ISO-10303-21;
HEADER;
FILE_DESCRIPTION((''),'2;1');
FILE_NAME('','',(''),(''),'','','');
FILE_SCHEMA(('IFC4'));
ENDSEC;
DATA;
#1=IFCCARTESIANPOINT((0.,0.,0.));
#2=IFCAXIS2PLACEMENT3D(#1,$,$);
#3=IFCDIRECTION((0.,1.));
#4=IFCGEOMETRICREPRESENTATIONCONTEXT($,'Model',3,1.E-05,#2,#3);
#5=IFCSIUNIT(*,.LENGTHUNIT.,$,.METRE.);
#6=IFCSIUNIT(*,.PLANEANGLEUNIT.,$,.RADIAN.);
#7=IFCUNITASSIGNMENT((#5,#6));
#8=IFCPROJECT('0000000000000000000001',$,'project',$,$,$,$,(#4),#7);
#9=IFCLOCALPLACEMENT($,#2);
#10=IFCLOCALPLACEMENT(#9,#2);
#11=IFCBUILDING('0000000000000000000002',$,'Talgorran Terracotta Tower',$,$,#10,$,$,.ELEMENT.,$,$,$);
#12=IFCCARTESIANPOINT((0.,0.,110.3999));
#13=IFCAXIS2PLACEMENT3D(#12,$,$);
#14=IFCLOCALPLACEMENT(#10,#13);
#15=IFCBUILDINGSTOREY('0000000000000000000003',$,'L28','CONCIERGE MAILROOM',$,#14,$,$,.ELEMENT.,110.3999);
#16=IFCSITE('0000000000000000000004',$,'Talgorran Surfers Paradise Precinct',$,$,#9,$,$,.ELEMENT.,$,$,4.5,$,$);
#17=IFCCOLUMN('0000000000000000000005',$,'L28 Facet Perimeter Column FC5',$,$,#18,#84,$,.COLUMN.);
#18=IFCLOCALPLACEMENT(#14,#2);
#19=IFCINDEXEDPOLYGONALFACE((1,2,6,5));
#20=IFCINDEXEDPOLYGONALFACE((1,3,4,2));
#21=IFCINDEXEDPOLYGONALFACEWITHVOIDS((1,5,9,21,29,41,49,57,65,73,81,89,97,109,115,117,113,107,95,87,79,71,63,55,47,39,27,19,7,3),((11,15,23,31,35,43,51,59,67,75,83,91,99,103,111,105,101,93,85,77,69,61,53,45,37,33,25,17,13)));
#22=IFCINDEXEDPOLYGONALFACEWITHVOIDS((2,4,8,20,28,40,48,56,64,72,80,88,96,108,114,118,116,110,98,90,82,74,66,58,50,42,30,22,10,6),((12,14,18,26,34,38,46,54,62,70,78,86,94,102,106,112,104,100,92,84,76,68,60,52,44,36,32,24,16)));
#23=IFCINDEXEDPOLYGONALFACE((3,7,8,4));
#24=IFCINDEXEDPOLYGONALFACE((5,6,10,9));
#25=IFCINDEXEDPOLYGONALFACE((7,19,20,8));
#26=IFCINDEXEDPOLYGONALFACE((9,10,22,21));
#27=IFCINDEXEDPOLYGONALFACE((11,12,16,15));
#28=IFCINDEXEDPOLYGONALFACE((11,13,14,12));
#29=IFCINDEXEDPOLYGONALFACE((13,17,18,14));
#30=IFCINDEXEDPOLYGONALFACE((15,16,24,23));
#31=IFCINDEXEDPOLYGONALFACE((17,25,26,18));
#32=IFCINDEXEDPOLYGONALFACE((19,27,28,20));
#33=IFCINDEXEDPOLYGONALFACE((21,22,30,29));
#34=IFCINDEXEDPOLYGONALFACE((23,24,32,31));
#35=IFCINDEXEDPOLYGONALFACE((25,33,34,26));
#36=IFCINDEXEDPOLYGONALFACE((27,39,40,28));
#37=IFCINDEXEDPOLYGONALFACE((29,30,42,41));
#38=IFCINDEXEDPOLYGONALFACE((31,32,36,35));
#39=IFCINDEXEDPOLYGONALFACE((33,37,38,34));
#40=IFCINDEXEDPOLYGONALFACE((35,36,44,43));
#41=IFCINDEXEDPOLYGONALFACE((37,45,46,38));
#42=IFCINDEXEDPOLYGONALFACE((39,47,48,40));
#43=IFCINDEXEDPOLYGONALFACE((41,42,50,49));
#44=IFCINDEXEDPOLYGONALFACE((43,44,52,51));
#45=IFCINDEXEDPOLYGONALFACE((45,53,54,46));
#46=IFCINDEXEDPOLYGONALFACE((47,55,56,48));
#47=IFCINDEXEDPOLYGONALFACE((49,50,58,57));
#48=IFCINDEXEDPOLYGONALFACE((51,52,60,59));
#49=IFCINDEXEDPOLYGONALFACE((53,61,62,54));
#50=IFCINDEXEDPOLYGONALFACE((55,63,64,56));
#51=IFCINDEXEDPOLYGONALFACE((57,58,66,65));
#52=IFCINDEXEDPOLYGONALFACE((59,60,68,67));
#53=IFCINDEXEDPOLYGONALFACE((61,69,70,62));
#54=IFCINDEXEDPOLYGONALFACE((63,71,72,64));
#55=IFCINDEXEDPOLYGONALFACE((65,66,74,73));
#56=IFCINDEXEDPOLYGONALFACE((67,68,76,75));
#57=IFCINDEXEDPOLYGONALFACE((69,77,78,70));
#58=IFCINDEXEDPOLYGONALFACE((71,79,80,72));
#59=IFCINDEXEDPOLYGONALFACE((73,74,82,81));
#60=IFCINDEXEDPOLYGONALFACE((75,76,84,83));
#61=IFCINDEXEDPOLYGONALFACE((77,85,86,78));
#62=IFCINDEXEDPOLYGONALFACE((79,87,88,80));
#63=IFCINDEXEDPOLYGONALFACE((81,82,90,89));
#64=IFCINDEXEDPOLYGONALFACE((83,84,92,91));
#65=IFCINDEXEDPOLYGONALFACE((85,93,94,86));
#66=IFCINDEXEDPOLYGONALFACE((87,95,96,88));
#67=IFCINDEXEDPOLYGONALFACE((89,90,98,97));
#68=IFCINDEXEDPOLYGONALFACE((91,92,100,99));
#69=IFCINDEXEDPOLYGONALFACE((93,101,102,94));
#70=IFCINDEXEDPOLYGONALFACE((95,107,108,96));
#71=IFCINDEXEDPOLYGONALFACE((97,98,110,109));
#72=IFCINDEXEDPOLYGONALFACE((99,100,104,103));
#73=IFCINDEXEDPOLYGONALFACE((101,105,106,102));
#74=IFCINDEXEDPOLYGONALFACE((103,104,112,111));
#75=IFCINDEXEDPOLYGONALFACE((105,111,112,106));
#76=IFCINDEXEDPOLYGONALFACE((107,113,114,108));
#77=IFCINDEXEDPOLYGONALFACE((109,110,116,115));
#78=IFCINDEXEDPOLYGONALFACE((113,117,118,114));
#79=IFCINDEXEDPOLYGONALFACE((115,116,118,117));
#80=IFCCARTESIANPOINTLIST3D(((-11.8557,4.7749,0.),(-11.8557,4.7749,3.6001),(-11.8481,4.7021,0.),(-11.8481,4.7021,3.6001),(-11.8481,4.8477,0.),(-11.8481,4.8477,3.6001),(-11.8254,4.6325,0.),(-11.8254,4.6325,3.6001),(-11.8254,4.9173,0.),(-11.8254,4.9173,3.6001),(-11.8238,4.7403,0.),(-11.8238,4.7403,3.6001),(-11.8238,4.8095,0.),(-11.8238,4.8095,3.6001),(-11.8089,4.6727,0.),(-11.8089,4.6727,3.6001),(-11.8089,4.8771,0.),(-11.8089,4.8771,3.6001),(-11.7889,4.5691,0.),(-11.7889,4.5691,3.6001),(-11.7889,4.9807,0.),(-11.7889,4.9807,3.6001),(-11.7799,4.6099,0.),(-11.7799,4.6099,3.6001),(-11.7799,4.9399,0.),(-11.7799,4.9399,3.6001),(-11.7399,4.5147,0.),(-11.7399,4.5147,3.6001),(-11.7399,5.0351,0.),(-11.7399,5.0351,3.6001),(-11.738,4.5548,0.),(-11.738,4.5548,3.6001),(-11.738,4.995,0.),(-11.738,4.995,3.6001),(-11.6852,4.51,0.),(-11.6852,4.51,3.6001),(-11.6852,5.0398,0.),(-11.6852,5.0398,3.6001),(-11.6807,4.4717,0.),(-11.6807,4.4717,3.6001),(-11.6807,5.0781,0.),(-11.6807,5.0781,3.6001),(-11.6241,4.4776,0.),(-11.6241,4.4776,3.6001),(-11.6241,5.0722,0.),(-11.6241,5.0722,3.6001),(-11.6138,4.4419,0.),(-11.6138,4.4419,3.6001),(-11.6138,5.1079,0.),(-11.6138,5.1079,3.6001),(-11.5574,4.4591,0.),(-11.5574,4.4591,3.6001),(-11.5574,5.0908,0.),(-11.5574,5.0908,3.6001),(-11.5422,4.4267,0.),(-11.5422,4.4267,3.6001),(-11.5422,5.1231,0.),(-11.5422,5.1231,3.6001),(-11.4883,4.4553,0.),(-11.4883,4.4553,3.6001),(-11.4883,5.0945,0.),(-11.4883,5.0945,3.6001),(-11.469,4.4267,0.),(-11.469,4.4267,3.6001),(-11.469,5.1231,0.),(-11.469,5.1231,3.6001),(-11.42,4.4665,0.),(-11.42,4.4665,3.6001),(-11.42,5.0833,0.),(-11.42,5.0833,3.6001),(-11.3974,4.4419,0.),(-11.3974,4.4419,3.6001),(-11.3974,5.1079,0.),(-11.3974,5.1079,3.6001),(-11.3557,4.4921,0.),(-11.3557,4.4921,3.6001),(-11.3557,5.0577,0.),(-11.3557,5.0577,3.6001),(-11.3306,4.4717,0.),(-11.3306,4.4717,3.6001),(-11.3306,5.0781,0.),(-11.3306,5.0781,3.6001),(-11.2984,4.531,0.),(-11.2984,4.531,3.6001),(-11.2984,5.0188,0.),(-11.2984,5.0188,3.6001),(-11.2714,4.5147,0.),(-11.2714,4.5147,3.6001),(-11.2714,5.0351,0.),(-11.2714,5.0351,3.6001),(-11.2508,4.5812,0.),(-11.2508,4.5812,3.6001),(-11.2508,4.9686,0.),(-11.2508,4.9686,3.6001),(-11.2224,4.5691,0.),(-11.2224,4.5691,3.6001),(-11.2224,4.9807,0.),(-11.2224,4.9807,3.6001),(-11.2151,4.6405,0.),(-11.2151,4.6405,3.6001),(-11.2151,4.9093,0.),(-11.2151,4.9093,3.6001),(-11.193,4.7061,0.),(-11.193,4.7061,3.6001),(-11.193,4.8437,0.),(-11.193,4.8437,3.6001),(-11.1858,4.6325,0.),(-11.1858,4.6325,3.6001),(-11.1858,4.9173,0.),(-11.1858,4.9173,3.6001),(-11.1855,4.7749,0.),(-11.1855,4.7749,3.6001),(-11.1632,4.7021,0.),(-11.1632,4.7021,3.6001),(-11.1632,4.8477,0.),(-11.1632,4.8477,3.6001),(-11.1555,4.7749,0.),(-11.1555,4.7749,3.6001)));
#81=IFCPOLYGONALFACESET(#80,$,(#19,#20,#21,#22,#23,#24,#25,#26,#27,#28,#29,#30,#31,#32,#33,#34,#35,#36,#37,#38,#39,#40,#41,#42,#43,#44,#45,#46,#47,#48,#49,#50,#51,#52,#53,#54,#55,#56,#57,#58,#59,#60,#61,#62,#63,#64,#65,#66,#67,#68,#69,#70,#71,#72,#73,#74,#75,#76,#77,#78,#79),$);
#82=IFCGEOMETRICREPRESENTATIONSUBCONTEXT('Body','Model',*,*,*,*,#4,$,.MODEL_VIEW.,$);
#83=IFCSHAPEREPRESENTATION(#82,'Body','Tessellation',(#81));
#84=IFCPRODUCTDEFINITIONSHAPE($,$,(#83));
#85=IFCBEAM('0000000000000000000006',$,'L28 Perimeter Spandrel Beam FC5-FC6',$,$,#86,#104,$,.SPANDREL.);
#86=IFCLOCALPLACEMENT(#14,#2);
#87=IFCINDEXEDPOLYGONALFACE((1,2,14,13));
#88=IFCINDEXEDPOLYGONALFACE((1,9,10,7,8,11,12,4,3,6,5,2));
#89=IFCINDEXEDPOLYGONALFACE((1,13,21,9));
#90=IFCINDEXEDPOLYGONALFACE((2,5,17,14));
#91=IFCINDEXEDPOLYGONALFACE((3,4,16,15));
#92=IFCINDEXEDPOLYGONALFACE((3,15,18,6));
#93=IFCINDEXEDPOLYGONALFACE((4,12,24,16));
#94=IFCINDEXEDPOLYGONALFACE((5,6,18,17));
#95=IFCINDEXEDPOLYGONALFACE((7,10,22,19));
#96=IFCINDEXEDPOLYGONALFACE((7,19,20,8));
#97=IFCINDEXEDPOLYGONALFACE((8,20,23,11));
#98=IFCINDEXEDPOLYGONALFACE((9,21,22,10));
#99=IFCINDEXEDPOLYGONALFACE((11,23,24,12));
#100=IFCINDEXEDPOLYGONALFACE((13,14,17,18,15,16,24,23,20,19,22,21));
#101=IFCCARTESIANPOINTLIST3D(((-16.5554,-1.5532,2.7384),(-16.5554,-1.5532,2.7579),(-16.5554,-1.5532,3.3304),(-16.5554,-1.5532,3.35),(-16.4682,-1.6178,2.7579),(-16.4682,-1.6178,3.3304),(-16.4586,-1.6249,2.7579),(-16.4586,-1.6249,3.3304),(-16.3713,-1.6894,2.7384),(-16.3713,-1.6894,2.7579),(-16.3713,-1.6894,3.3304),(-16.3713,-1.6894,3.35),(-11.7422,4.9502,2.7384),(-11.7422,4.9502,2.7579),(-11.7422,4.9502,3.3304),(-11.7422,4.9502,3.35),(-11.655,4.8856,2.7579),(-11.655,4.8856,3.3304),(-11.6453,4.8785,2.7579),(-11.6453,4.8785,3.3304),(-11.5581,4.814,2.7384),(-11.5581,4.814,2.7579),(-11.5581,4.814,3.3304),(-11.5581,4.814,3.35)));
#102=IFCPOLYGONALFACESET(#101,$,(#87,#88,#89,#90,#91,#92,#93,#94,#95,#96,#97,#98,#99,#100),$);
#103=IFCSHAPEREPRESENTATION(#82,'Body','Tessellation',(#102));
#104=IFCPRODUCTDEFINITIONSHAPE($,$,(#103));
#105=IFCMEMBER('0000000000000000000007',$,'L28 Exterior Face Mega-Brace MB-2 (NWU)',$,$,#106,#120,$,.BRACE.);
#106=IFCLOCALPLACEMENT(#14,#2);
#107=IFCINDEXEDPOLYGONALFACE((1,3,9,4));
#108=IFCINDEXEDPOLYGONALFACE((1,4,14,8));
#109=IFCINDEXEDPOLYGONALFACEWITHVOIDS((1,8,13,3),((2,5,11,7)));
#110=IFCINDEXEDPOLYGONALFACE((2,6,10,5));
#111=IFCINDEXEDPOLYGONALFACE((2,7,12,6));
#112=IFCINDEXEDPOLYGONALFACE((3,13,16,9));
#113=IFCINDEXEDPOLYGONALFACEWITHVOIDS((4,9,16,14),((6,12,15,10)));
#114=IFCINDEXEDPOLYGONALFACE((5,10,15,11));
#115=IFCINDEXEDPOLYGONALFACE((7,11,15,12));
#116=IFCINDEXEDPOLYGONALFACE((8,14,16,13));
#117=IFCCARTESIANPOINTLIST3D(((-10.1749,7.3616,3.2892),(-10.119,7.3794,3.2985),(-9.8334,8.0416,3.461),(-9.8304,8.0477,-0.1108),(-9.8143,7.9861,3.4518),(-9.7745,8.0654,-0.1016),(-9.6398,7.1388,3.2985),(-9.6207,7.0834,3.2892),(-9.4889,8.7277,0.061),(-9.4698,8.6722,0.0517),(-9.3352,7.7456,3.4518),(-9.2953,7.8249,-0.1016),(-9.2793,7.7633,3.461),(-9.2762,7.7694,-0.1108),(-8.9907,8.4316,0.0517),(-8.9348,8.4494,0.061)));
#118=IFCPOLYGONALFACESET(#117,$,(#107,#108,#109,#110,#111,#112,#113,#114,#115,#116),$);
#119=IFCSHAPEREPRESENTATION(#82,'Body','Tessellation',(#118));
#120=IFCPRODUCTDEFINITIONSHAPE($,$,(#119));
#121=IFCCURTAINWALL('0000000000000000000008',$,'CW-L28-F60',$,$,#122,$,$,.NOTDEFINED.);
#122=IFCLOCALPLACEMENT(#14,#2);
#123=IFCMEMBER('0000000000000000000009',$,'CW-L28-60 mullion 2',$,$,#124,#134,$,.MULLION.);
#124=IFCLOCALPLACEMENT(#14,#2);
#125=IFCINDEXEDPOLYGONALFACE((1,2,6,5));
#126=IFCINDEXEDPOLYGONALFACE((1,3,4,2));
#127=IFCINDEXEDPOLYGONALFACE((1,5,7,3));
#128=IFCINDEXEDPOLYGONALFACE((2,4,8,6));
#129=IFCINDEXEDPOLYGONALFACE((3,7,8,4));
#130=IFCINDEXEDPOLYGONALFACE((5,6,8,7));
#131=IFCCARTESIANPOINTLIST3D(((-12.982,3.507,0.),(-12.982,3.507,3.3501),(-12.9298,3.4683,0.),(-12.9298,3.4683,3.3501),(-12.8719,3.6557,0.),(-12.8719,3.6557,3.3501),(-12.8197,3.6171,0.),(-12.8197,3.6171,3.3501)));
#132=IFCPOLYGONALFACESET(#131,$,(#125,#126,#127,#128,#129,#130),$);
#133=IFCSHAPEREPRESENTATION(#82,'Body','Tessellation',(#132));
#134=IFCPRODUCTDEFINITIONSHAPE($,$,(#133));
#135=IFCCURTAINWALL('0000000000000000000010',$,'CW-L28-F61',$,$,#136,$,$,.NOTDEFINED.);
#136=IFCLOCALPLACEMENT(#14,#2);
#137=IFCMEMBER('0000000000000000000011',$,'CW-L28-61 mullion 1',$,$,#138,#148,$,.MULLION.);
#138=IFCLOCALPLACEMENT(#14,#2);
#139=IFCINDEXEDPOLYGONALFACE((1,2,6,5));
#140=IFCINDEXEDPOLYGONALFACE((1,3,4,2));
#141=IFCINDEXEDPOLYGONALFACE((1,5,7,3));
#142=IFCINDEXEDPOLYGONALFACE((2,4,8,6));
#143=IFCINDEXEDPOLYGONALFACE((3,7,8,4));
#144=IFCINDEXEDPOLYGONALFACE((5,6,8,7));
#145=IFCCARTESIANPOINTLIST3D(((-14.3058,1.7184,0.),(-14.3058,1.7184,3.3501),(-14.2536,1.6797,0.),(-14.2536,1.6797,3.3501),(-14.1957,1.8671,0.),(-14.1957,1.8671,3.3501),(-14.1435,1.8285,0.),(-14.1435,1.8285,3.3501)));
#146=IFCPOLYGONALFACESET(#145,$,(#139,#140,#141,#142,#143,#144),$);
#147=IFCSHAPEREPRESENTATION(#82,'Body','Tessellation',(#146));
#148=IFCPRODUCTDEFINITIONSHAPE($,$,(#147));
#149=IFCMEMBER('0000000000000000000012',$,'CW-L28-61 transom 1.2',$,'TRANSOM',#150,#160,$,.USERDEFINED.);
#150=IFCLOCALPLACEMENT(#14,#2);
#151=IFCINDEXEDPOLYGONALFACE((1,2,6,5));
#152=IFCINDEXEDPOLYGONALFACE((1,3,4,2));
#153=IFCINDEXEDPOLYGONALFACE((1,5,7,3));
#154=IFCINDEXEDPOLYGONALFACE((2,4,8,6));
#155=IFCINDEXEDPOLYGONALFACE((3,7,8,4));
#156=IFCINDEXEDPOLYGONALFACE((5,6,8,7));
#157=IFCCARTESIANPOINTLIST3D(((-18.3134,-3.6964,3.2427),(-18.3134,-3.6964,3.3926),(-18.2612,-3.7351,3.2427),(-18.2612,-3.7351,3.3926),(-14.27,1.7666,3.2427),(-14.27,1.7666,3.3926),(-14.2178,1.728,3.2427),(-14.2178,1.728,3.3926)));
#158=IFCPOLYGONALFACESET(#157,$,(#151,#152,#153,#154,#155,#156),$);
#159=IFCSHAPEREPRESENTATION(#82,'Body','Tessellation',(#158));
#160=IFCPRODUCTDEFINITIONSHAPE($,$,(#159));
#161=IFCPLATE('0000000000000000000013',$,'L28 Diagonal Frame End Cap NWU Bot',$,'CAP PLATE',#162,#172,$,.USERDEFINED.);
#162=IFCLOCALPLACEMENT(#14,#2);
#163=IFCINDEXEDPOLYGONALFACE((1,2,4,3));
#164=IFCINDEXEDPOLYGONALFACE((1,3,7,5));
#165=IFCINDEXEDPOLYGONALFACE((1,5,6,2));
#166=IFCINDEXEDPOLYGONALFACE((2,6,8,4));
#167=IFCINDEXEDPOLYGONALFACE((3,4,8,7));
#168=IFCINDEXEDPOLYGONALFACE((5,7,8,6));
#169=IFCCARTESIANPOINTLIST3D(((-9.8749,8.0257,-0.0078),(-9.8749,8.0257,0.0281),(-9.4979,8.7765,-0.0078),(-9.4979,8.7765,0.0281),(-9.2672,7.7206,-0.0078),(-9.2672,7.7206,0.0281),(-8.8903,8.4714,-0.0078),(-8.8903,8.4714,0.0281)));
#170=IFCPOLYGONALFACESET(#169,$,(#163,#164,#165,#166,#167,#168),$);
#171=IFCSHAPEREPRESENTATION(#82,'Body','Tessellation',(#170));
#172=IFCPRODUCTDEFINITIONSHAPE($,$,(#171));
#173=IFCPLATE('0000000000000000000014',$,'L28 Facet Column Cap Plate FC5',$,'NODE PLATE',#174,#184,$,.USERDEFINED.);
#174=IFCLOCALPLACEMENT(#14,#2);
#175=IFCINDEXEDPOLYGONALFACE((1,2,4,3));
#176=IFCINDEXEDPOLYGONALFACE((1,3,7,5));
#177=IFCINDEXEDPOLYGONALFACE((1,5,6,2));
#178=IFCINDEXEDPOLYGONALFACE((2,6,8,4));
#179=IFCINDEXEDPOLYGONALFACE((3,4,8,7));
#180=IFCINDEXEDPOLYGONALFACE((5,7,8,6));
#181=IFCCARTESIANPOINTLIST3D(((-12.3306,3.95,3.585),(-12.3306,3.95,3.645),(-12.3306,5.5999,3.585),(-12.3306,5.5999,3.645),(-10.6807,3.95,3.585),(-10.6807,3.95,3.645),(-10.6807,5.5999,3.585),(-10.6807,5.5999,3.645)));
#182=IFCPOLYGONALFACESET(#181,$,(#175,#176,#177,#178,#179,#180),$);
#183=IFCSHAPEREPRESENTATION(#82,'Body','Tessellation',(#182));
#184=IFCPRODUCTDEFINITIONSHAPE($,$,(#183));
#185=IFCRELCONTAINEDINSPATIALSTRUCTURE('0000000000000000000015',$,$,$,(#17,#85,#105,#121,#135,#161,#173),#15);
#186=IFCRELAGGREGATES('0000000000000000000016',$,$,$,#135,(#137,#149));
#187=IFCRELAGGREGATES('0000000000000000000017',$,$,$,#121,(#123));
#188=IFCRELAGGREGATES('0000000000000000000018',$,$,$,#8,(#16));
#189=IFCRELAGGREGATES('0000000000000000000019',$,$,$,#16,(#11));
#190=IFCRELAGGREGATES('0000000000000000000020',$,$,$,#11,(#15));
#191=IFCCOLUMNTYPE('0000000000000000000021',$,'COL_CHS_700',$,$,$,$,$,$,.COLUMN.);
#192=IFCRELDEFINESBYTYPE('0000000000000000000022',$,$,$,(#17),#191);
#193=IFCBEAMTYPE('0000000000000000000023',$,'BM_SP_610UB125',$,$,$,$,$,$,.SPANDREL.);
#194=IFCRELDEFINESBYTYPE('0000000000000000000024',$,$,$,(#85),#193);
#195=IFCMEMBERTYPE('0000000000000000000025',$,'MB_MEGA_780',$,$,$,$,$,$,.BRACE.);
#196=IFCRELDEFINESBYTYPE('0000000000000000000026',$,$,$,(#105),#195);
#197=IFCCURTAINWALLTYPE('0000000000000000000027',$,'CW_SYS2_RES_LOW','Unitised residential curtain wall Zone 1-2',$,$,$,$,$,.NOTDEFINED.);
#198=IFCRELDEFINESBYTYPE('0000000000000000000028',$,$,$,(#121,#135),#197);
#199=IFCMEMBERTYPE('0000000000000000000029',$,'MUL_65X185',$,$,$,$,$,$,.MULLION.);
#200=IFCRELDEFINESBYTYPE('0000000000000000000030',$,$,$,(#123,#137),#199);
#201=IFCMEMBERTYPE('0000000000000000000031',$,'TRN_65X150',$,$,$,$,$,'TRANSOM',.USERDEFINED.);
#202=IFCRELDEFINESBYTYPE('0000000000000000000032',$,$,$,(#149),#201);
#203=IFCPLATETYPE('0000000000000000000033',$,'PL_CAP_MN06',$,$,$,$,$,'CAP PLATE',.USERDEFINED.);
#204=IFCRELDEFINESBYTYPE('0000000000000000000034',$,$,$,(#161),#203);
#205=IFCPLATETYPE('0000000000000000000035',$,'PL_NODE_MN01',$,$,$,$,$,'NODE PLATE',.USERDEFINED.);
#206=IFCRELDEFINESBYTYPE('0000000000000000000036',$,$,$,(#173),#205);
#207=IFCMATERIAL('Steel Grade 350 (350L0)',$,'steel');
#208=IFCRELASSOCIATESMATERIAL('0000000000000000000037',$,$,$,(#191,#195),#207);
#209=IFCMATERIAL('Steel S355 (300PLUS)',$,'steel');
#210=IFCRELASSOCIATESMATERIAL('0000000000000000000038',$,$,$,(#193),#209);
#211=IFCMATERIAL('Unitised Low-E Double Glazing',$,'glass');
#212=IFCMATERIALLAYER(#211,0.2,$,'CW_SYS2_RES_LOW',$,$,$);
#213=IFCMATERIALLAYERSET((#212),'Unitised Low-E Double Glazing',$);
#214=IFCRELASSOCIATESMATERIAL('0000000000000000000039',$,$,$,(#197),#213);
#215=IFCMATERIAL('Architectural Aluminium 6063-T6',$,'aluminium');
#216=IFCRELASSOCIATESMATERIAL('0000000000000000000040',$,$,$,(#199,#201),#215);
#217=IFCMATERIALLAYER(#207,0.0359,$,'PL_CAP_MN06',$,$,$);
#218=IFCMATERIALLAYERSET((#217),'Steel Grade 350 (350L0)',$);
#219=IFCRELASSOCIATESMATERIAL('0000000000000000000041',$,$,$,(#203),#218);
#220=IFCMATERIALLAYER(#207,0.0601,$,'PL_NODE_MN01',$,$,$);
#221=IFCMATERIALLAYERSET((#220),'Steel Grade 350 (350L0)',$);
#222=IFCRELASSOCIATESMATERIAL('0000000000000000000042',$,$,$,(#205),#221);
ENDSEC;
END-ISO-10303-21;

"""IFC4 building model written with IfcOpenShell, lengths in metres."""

from ifc_helpers import new_model, si_unit, direction, frame, origin, origin_2d, place, context, subcontext, project, spatial, rectangle, hollow_rectangle, hollow_circle, i_section, extrude, material, layer, layer_set, material_profile, profile_set, type_object, element, aggregate, save


model = new_model("IFC4")

# Units and contexts
model_context = context("Model", 3, precision=1e-05, world=origin(), true_north=direction((0.0, 1.0)))
body_context = subcontext(model_context, "Body", "Model", "MODEL_VIEW")
ifc_project = project(units=[si_unit("LENGTHUNIT", "METRE"), si_unit("PLANEANGLEUNIT", "RADIAN")], contexts=[model_context])

# Site, building, storey
site_placement = place(None, origin())
site = spatial("IfcSite", under=ifc_project, at=site_placement, Name="Talgorran Surfers Paradise Precinct", CompositionType="ELEMENT", RefElevation=4.5)
building_placement = place(site_placement, origin())
building = spatial("IfcBuilding", under=site, at=building_placement, Name="Talgorran Terracotta Tower", CompositionType="ELEMENT")
storey_placement = place(building_placement, frame((0.0, 0.0, 110.3999)))
storey = spatial("IfcBuildingStorey", under=building, at=storey_placement, Name="L28", Description="CONCIERGE MAILROOM", CompositionType="ELEMENT", Elevation=110.3999)

# Column
ifc_material_1 = material(Name="Steel Grade 350 (350L0)", Category="steel")
ifc_material_profile_1 = material_profile(ifc_material_1, hollow_circle(Radius=0.3501, WallThickness=0.03, at=origin_2d()), Name="CHS700X30")
ifc_profile_set_1 = profile_set([ifc_material_profile_1], Name="Steel Grade 350 (350L0)")
column_type = type_object("IfcColumnType", Name="COL_CHS_700", PredefinedType="COLUMN", material=ifc_profile_set_1)
column_placement = place(storey_placement, frame((-11.5056, 4.7749, 0.0), z_axis=(0.0, 0.0, 1.0), x_axis=(1.0, 0.0, 0.0)))
element("IfcColumn", 1, at=column_placement, inside=storey, type_object=column_type, Name="L28 Facet Perimeter Column FC5", PredefinedType="COLUMN", context=body_context, shape_type="SweptSolid", body=[
    extrude(hollow_circle(Radius=0.3501, WallThickness=0.03, at=origin_2d()), origin(), (0.0, 0.0, 1.0), 3.6001),
])

# Beam
ifc_material_2 = material(Name="Steel S355 (300PLUS)", Category="steel")
ifc_material_profile_2 = material_profile(ifc_material_2, i_section(OverallWidth=0.229, OverallDepth=0.6116, WebThickness=0.012, FlangeThickness=0.0195, at=origin_2d()), Name="610UB125")
ifc_profile_set_2 = profile_set([ifc_material_profile_2], Name="Steel S355 (300PLUS)")
beam_type = type_object("IfcBeamType", Name="BM_SP_610UB125", PredefinedType="SPANDREL", material=ifc_profile_set_2)
beam_placement = place(storey_placement, frame((-11.6501, 4.8821, 3.0442), z_axis=(-0.594899, -0.8038, 0.0), x_axis=(0.8038, -0.594899, 0.0)))
element("IfcBeam", 2, at=beam_placement, inside=storey, type_object=beam_type, Name="L28 Perimeter Spandrel Beam FC5-FC6", PredefinedType="SPANDREL", context=body_context, shape_type="SweptSolid", body=[
    extrude(i_section(OverallWidth=0.229, OverallDepth=0.6116, WebThickness=0.012, FlangeThickness=0.0195, at=origin_2d()), origin(), (0.0, 0.0, 1.0), 8.0908),
])

# Member
ifc_material_profile_3 = material_profile(ifc_material_1, hollow_rectangle(XDim=0.6201, YDim=0.78, WallThickness=0.042, at=origin_2d()), Name="WBOX780X620X42")
ifc_profile_set_3 = profile_set([ifc_material_profile_3], Name="Steel Grade 350 (350L0)")
member_type_1 = type_object("IfcMemberType", Name="MB_MEGA_780", PredefinedType="BRACE", material=ifc_profile_set_3)
member_1_placement = place(storey_placement, frame((-9.3826, 8.2485, -0.0249), z_axis=(-0.098833, -0.196826, 0.975444), x_axis=(0.893663, -0.448739, 0.0)))
element("IfcMember", 3, at=member_1_placement, inside=storey, type_object=member_type_1, Name="L28 Exterior Face Mega-Brace MB-2 (NWU)", PredefinedType="BRACE", context=body_context, shape_type="SweptSolid", body=[
    extrude(hollow_rectangle(XDim=0.6201, YDim=0.78, WallThickness=0.042, at=origin_2d()), origin(), (0.0, 0.0, 1.0), 3.4856),
])

# Curtain wall, member
ifc_material_3 = material(Name="Unitised Low-E Double Glazing", Category="glass")
ifc_layer_1 = layer(ifc_material_3, 0.2, Name="CW_SYS2_RES_LOW")
ifc_layer_set_1 = layer_set([ifc_layer_1], Name="Unitised Low-E Double Glazing")
curtain_wall_type = type_object("IfcCurtainWallType", Name="CW_SYS2_RES_LOW", Description="Unitised residential curtain wall Zone 1-2", PredefinedType="NOTDEFINED", material=ifc_layer_set_1)
curtain_wall_1_placement = place(storey_placement, origin())
curtain_wall_1 = element("IfcCurtainWall", 4, at=curtain_wall_1_placement, inside=storey, type_object=curtain_wall_type, Name="CW-L28-F60", PredefinedType="NOTDEFINED")
ifc_material_4 = material(Name="Architectural Aluminium 6063-T6", Category="aluminium")
ifc_material_profile_4 = material_profile(ifc_material_4, rectangle(XDim=0.0649, YDim=0.1851, at=origin_2d()), Name="CWM65X185")
ifc_profile_set_4 = profile_set([ifc_material_profile_4], Name="Architectural Aluminium 6063-T6")
member_type_2 = type_object("IfcMemberType", Name="MUL_65X185", PredefinedType="MULLION", material=ifc_profile_set_4)
member_2_placement = place(storey_placement, frame((-12.9009, 3.562, 0.0), z_axis=(0.0, 0.0, 1.0), x_axis=(0.803796, -0.594905, 0.0)))
member_2 = element("IfcMember", 5, at=member_2_placement, type_object=member_type_2, Name="CW-L28-60 mullion 2", PredefinedType="MULLION", context=body_context, shape_type="SweptSolid", body=[
    extrude(rectangle(XDim=0.0649, YDim=0.1851, at=origin_2d()), origin(), (0.0, 0.0, 1.0), 3.3501),
])

# Curtain wall, members
curtain_wall_2_placement = place(storey_placement, origin())
curtain_wall_2 = element("IfcCurtainWall", 6, at=curtain_wall_2_placement, inside=storey, type_object=curtain_wall_type, Name="CW-L28-F61", PredefinedType="NOTDEFINED")
member_3_placement = place(storey_placement, frame((-14.2246, 1.7734, 0.0), z_axis=(0.0, 0.0, 1.0), x_axis=(0.803791, -0.594912, 0.0)))
member_3 = element("IfcMember", 7, at=member_3_placement, type_object=member_type_2, Name="CW-L28-61 mullion 1", PredefinedType="MULLION", context=body_context, shape_type="SweptSolid", body=[
    extrude(rectangle(XDim=0.0649, YDim=0.1851, at=origin_2d()), origin(), (0.0, 0.0, 1.0), 3.3501),
])
ifc_material_profile_5 = material_profile(ifc_material_4, rectangle(XDim=0.0649, YDim=0.1499, at=origin_2d()), Name="CWT65X150")
ifc_profile_set_5 = profile_set([ifc_material_profile_5], Name="Architectural Aluminium 6063-T6")
member_type_3 = type_object("IfcMemberType", Name="TRN_65X150", ElementType="TRANSOM", PredefinedType="USERDEFINED", material=ifc_profile_set_5)
member_4_placement = place(storey_placement, frame((-14.2439, 1.7473, 3.3176), z_axis=(-0.594913, -0.80379, 0.0), x_axis=(0.80379, -0.594913, 0.0)))
member_4 = element("IfcMember", 8, at=member_4_placement, type_object=member_type_3, Name="CW-L28-61 transom 1.2", ObjectType="TRANSOM", PredefinedType="USERDEFINED", context=body_context, shape_type="SweptSolid", body=[
    extrude(rectangle(XDim=0.0649, YDim=0.1499, at=origin_2d()), origin(), (0.0, 0.0, 1.0), 6.7966),
])
aggregate(curtain_wall_2, [member_3, member_4])

# Plates
ifc_layer_2 = layer(ifc_material_1, 0.0359, Name="PL_CAP_MN06")
ifc_layer_set_2 = layer_set([ifc_layer_2], Name="Steel Grade 350 (350L0)")
plate_type_1 = type_object("IfcPlateType", Name="PL_CAP_MN06", ElementType="CAP PLATE", PredefinedType="USERDEFINED", material=ifc_layer_set_2)
plate_1_placement = place(storey_placement, frame((-9.3826, 8.2485, -0.0078), z_axis=(0.0, 0.0, 1.0), x_axis=(-0.448695, -0.893685, 0.0)))
element("IfcPlate", 9, at=plate_1_placement, inside=storey, type_object=plate_type_1, Name="L28 Diagonal Frame End Cap NWU Bot", ObjectType="CAP PLATE", PredefinedType="USERDEFINED", context=body_context, shape_type="SweptSolid", body=[
    extrude(rectangle(XDim=0.8401, YDim=0.6799, at=origin_2d()), origin(), (0.0, 0.0, 1.0), 0.0359),
])
ifc_layer_3 = layer(ifc_material_1, 0.0601, Name="PL_NODE_MN01")
ifc_layer_set_3 = layer_set([ifc_layer_3], Name="Steel Grade 350 (350L0)")
plate_type_2 = type_object("IfcPlateType", Name="PL_NODE_MN01", ElementType="NODE PLATE", PredefinedType="USERDEFINED", material=ifc_layer_set_3)
plate_2_placement = place(storey_placement, frame((-11.5056, 4.7749, 3.585), z_axis=(0.0, 0.0, 1.0), x_axis=(1.0, 0.0, 0.0)))
element("IfcPlate", 10, at=plate_2_placement, inside=storey, type_object=plate_type_2, Name="L28 Facet Column Cap Plate FC5", ObjectType="NODE PLATE", PredefinedType="USERDEFINED", context=body_context, shape_type="SweptSolid", body=[
    extrude(rectangle(XDim=1.6499, YDim=1.6499, at=origin_2d()), origin(), (0.0, 0.0, 1.0), 0.0601),
])

aggregate(curtain_wall_1, [member_2])

save(model, "model.ifc")
